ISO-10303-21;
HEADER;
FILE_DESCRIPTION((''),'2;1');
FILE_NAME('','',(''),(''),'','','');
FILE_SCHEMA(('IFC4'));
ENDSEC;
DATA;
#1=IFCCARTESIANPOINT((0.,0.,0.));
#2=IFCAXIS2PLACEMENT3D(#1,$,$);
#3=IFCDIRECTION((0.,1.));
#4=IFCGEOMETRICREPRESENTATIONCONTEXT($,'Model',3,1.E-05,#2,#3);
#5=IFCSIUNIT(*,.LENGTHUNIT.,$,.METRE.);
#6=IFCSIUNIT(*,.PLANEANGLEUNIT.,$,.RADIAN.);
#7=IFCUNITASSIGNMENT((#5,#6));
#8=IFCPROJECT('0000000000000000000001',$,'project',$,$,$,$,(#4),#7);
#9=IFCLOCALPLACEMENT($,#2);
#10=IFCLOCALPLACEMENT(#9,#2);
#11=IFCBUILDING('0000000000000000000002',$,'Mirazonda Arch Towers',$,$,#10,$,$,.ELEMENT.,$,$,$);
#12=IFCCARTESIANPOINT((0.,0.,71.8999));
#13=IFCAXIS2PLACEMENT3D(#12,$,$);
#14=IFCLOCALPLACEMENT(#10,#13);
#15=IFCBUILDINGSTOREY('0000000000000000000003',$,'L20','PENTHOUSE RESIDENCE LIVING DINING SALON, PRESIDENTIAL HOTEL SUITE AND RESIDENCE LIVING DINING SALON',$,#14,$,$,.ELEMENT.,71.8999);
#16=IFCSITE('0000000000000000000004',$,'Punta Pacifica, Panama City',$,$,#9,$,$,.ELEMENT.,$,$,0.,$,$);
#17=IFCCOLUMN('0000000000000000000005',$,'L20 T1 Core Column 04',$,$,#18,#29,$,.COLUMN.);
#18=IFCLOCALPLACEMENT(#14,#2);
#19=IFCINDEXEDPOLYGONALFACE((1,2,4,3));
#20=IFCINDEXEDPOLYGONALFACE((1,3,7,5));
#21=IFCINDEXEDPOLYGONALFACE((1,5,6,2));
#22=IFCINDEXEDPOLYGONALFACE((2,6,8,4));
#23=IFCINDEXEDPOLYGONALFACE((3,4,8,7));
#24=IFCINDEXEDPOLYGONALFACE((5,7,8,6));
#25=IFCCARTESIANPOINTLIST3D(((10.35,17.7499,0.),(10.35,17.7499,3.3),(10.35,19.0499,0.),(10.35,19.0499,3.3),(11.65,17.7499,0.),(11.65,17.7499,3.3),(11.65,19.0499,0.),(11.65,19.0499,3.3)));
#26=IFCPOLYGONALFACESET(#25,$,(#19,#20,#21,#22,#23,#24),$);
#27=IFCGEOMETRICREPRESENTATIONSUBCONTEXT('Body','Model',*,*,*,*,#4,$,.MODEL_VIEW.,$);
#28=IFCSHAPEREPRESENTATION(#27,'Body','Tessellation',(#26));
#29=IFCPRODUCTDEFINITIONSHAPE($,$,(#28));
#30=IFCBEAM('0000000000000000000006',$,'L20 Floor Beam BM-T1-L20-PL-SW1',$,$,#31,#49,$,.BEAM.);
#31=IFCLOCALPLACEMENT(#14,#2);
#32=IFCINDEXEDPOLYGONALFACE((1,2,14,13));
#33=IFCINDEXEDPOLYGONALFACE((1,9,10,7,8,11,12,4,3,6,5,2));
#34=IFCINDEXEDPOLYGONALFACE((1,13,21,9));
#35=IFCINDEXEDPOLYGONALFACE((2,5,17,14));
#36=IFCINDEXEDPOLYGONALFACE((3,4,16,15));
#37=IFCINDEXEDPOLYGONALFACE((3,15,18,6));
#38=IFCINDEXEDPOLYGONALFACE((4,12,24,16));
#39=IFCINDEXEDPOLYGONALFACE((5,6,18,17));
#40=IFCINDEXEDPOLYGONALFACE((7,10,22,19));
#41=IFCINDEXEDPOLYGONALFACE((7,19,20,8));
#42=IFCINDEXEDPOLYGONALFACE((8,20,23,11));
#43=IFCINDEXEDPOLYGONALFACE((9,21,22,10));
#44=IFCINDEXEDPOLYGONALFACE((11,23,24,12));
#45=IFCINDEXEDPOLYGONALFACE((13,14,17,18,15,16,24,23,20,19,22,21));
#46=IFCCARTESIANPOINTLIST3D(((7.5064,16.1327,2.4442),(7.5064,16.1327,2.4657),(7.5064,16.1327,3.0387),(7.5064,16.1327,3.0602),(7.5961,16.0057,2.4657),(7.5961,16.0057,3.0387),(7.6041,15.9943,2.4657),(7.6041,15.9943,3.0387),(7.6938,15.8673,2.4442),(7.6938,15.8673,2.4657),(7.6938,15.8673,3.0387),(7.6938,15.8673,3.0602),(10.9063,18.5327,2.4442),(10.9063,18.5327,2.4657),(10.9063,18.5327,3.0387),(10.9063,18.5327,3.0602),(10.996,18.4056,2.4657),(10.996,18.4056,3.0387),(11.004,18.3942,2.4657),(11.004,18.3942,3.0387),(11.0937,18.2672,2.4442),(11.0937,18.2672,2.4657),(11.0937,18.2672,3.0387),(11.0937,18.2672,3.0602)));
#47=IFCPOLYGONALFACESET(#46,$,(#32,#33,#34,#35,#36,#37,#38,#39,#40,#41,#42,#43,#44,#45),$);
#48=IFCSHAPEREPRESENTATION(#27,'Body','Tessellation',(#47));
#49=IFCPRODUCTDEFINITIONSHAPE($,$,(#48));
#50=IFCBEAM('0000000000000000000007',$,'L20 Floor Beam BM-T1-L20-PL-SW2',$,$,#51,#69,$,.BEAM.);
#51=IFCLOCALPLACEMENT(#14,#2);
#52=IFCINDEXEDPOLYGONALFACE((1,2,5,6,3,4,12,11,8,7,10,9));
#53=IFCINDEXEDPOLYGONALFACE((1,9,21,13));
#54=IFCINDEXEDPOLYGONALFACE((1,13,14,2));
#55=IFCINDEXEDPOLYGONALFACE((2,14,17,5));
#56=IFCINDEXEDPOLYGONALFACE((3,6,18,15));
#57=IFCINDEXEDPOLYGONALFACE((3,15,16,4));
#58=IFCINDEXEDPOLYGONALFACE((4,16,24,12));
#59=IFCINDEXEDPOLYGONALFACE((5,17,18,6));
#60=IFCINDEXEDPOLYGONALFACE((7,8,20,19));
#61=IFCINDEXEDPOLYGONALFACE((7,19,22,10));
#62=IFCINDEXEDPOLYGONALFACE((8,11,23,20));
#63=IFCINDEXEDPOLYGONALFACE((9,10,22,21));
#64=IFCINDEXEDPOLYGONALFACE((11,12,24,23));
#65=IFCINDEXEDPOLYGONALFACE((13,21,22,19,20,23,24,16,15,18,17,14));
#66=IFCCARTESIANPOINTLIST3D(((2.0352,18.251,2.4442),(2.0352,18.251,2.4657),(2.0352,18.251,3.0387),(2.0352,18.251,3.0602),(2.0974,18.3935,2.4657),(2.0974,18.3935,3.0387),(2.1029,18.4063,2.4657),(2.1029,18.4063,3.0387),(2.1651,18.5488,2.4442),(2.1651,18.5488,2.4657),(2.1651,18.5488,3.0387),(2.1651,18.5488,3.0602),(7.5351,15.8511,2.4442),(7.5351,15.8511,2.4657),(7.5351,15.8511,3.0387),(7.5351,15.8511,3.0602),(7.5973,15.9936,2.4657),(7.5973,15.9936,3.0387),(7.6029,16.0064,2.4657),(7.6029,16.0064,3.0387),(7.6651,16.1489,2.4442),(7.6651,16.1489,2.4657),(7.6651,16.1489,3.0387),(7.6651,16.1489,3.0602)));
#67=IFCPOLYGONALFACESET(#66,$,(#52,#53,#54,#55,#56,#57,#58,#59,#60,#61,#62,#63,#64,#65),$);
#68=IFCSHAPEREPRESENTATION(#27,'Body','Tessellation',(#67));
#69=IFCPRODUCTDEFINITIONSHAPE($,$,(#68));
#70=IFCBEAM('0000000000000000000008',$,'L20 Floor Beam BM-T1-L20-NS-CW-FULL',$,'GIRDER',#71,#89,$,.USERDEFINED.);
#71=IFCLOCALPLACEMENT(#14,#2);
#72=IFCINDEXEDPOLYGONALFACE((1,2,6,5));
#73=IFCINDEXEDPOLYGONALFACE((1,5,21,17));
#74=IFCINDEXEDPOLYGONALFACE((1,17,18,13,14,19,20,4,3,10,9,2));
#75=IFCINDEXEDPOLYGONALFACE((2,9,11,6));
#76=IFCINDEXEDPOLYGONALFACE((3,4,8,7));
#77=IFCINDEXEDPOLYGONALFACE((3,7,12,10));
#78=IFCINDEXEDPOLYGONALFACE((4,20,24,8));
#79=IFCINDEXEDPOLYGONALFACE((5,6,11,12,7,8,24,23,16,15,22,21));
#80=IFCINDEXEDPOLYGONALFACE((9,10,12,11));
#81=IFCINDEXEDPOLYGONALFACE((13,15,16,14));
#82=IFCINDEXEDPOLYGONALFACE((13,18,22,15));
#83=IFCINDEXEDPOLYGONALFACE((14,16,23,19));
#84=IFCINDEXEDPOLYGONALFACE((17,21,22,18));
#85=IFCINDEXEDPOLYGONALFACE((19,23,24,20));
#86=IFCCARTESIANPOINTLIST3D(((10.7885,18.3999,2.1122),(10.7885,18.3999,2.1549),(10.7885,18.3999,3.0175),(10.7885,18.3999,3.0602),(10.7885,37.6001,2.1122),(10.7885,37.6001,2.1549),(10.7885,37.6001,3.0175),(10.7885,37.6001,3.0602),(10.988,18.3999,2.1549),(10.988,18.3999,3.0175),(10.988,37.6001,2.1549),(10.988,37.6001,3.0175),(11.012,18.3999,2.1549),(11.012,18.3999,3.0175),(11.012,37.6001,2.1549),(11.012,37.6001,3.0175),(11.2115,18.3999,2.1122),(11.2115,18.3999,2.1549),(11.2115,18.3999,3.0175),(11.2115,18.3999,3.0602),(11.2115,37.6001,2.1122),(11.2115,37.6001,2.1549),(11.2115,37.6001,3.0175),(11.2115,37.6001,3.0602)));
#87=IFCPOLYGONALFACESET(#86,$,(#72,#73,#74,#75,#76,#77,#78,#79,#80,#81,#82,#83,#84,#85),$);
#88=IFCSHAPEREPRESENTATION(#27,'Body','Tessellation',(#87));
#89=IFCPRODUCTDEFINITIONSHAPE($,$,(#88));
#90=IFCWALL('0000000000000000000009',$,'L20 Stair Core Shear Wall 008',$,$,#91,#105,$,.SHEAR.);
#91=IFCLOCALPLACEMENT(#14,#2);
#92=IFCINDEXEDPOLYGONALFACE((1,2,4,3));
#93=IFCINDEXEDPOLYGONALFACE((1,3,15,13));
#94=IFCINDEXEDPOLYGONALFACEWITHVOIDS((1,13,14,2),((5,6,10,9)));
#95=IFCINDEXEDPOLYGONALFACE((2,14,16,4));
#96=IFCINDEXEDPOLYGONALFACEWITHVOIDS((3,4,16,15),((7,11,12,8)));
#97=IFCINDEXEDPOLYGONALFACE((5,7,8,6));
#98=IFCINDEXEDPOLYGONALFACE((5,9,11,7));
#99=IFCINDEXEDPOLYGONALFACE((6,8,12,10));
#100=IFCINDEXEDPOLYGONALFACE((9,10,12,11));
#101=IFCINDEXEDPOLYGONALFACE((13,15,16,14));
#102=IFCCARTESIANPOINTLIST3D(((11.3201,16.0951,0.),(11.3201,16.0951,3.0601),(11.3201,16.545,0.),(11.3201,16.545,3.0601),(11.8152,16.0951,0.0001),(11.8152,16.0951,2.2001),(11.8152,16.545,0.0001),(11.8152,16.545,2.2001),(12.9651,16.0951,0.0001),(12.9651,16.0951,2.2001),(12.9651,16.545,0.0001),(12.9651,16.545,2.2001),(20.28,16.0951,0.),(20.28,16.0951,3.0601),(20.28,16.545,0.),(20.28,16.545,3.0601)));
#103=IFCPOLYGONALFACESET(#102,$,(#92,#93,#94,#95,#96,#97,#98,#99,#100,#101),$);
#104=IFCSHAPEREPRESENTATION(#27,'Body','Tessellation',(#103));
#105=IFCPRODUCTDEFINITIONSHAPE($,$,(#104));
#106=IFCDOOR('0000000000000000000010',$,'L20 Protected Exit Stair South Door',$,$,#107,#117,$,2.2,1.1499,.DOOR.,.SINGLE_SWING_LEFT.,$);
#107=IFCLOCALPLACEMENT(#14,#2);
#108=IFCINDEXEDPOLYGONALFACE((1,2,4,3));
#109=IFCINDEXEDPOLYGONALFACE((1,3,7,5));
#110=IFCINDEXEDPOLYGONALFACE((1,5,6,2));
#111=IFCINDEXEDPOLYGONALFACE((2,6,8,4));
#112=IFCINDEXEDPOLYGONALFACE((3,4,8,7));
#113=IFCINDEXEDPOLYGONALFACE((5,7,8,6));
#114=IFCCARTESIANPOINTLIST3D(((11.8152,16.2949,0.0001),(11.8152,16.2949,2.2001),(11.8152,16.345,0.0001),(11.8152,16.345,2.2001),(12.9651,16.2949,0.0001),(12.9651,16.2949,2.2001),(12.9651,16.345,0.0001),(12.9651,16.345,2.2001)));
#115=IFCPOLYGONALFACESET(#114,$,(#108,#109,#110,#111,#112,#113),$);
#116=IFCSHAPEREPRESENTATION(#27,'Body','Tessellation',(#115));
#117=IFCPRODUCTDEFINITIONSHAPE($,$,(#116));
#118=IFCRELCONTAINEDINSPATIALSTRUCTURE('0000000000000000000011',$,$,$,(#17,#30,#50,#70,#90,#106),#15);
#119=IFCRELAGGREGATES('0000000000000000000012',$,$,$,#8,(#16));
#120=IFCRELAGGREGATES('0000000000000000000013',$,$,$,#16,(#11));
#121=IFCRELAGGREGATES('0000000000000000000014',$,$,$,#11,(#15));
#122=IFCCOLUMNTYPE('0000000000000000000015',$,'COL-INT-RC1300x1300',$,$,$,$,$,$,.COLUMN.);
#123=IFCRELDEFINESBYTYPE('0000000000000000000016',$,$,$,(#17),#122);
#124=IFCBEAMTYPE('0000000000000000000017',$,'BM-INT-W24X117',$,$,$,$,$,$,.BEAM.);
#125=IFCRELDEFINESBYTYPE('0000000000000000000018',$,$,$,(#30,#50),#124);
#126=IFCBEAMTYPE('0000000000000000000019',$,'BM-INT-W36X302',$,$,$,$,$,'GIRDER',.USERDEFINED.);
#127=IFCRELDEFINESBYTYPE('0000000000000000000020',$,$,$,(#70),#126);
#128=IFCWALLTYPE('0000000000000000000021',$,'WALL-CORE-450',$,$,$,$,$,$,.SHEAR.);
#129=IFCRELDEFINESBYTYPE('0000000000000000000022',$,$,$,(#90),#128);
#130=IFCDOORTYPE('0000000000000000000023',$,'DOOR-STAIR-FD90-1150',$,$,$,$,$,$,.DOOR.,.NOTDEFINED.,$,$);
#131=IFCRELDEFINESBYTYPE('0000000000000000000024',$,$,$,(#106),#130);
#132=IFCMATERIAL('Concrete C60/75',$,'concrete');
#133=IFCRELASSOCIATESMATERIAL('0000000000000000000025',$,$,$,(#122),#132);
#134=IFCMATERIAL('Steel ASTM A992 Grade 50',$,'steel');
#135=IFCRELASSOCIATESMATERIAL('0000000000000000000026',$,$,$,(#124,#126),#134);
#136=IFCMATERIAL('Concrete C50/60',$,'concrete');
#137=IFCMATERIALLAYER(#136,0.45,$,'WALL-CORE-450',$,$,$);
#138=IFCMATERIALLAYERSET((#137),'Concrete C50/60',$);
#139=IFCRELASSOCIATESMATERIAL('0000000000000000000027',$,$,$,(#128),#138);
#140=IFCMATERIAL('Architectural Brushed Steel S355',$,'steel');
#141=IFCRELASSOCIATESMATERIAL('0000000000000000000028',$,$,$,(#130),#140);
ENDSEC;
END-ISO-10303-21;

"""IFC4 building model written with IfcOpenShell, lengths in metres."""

from ifc_helpers import new_model, si_unit, direction, frame, frame_2d, origin, origin_2d, place, context, subcontext, project, spatial, rectangle, i_section, extrude, material, layer, layer_set, material_profile, profile_set, type_object, element, fill, save


model = new_model("IFC4")

# Units and contexts
model_context = context("Model", 3, precision=1e-05, world=origin(), true_north=direction((0.0, 1.0)))
body_context = subcontext(model_context, "Body", "Model", "MODEL_VIEW")
ifc_project = project(units=[si_unit("LENGTHUNIT", "METRE"), si_unit("PLANEANGLEUNIT", "RADIAN")], contexts=[model_context])

# Site, building, storey
site_placement = place(None, origin())
site = spatial("IfcSite", under=ifc_project, at=site_placement, Name="Punta Pacifica, Panama City", CompositionType="ELEMENT", RefElevation=0.0)
building_placement = place(site_placement, origin())
building = spatial("IfcBuilding", under=site, at=building_placement, Name="Mirazonda Arch Towers", CompositionType="ELEMENT")
storey_placement = place(building_placement, frame((0.0, 0.0, 71.8999)))
storey = spatial("IfcBuildingStorey", under=building, at=storey_placement, Name="L20", Description="PENTHOUSE RESIDENCE LIVING DINING SALON, PRESIDENTIAL HOTEL SUITE AND RESIDENCE LIVING DINING SALON", CompositionType="ELEMENT", Elevation=71.8999)

# Column
ifc_material_1 = material(Name="Concrete C60/75", Category="concrete")
ifc_material_profile_1 = material_profile(ifc_material_1, rectangle(XDim=1.3, YDim=1.3, at=origin_2d()), Name="RC1300x1300")
ifc_profile_set_1 = profile_set([ifc_material_profile_1], Name="Concrete C60/75")
column_type = type_object("IfcColumnType", Name="COL-INT-RC1300x1300", PredefinedType="COLUMN", material=ifc_profile_set_1)
column_placement = place(storey_placement, frame((11.0, 18.3999, 0.0), z_axis=(0.0, 0.0, 1.0), x_axis=(1.0, 0.0, 0.0)))
element("IfcColumn", 1, at=column_placement, inside=storey, type_object=column_type, Name="L20 T1 Core Column 04", PredefinedType="COLUMN", context=body_context, shape_type="SweptSolid", body=[
    extrude(rectangle(XDim=1.3, YDim=1.3, at=origin_2d()), origin(), (0.0, 0.0, 1.0), 3.3),
])

# Beams
ifc_material_2 = material(Name="Steel ASTM A992 Grade 50", Category="steel")
ifc_material_profile_2 = material_profile(ifc_material_2, i_section(OverallWidth=0.325, OverallDepth=0.616, WebThickness=0.0139, FlangeThickness=0.0215, at=origin_2d()), Name="W24X117")
ifc_profile_set_2 = profile_set([ifc_material_profile_2], Name="Steel ASTM A992 Grade 50")
beam_type_1 = type_object("IfcBeamType", Name="BM-INT-W24X117", PredefinedType="BEAM", material=ifc_profile_set_2)
beam_1_placement = place(storey_placement, frame((7.6001, 16.0, 2.7522), z_axis=(0.816971, 0.576679, 0.0), x_axis=(-0.576679, 0.816971, 0.0)))
element("IfcBeam", 2, at=beam_1_placement, inside=storey, type_object=beam_type_1, Name="L20 Floor Beam BM-T1-L20-PL-SW1", PredefinedType="BEAM", context=body_context, shape_type="SweptSolid", body=[
    extrude(i_section(OverallWidth=0.325, OverallDepth=0.616, WebThickness=0.0139, FlangeThickness=0.0215, at=origin_2d()), origin(), (0.0, 0.0, 1.0), 4.1616),
])
beam_2_placement = place(storey_placement, frame((7.6001, 16.0, 2.7522), z_axis=(-0.916545, 0.399931, 0.0), x_axis=(-0.399931, -0.916545, 0.0)))
element("IfcBeam", 3, at=beam_2_placement, inside=storey, type_object=beam_type_1, Name="L20 Floor Beam BM-T1-L20-PL-SW2", PredefinedType="BEAM", context=body_context, shape_type="SweptSolid", body=[
    extrude(i_section(OverallWidth=0.325, OverallDepth=0.616, WebThickness=0.0139, FlangeThickness=0.0215, at=origin_2d()), origin(), (0.0, 0.0, 1.0), 6.0007),
])
ifc_material_profile_3 = material_profile(ifc_material_2, i_section(OverallWidth=0.4231, OverallDepth=0.948, WebThickness=0.0239, FlangeThickness=0.0427, at=origin_2d()), Name="W36X302")
ifc_profile_set_3 = profile_set([ifc_material_profile_3], Name="Steel ASTM A992 Grade 50")
beam_type_2 = type_object("IfcBeamType", Name="BM-INT-W36X302", ElementType="GIRDER", PredefinedType="USERDEFINED", material=ifc_profile_set_3)
beam_3_placement = place(storey_placement, frame((11.0, 18.3999, 2.5862), z_axis=(0.0, 1.0, 0.0), x_axis=(-1.0, 0.0, 0.0)))
element("IfcBeam", 4, at=beam_3_placement, inside=storey, type_object=beam_type_2, Name="L20 Floor Beam BM-T1-L20-NS-CW-FULL", ObjectType="GIRDER", PredefinedType="USERDEFINED", context=body_context, shape_type="SweptSolid", body=[
    extrude(i_section(OverallWidth=0.4231, OverallDepth=0.948, WebThickness=0.0239, FlangeThickness=0.0427, at=origin_2d()), origin(), (0.0, 0.0, 1.0), 19.2002),
])

# Wall, opening, door
ifc_material_3 = material(Name="Concrete C50/60", Category="concrete")
ifc_layer_1 = layer(ifc_material_3, 0.45, Name="WALL-CORE-450")
ifc_layer_set_1 = layer_set([ifc_layer_1], Name="Concrete C50/60")
wall_type_1 = type_object("IfcWallType", Name="WALL-CORE-450", PredefinedType="SHEAR", material=ifc_layer_set_1)
wall_1_placement = place(storey_placement, frame((11.3201, 16.3201, 0.0), z_axis=(0.0, 0.0, 1.0), x_axis=(1.0, 0.0, 0.0)))
wall_1 = element("IfcWall", 5, at=wall_1_placement, inside=storey, type_object=wall_type_1, Name="L20 Stair Core Shear Wall 008", PredefinedType="SHEAR", context=body_context, shape_type="SweptSolid", body=[
    extrude(rectangle(XDim=8.96, YDim=0.45, at=frame_2d((4.48, 0.0))), origin(), (0.0, 0.0, 1.0), 3.0601),
])
opening_1_placement = place(wall_1_placement, frame((0.4951, 0.0, 0.0)))
opening_1 = element("IfcOpeningElement", 6, at=opening_1_placement, cuts=wall_1, PredefinedType="OPENING", context=body_context, shape_type="SweptSolid", body=[
    extrude(rectangle(XDim=1.1499, YDim=2.2, at=frame_2d((0.575, 1.1001))), frame((0.0, 0.2349, 0.0), z_axis=(0.0, -1.0, 0.0), x_axis=(1.0, 0.0, 0.0)), (0.0, 0.0, 1.0), 0.47),
])
ifc_material_4 = material(Name="Architectural Brushed Steel S355", Category="steel")
door_type_1 = type_object("IfcDoorType", Name="DOOR-STAIR-FD90-1150", OperationType="NOTDEFINED", PredefinedType="DOOR", material=ifc_material_4)
door_1_placement = place(opening_1_placement, origin())
door_1 = element("IfcDoor", 7, at=door_1_placement, inside=storey, type_object=door_type_1, Name="L20 Protected Exit Stair South Door", OperationType="SINGLE_SWING_LEFT", OverallHeight=2.2, OverallWidth=1.1499, PredefinedType="DOOR", context=body_context, shape_type="SweptSolid", body=[
    extrude(rectangle(XDim=1.1499, YDim=2.2, at=frame_2d((0.575, 1.1001))), frame((0.0, 0.0249, 0.0), z_axis=(0.0, -1.0, 0.0), x_axis=(1.0, 0.0, 0.0)), (0.0, 0.0, 1.0), 0.05),
])
fill(opening_1, door_1)

save(model, "model.ifc")
